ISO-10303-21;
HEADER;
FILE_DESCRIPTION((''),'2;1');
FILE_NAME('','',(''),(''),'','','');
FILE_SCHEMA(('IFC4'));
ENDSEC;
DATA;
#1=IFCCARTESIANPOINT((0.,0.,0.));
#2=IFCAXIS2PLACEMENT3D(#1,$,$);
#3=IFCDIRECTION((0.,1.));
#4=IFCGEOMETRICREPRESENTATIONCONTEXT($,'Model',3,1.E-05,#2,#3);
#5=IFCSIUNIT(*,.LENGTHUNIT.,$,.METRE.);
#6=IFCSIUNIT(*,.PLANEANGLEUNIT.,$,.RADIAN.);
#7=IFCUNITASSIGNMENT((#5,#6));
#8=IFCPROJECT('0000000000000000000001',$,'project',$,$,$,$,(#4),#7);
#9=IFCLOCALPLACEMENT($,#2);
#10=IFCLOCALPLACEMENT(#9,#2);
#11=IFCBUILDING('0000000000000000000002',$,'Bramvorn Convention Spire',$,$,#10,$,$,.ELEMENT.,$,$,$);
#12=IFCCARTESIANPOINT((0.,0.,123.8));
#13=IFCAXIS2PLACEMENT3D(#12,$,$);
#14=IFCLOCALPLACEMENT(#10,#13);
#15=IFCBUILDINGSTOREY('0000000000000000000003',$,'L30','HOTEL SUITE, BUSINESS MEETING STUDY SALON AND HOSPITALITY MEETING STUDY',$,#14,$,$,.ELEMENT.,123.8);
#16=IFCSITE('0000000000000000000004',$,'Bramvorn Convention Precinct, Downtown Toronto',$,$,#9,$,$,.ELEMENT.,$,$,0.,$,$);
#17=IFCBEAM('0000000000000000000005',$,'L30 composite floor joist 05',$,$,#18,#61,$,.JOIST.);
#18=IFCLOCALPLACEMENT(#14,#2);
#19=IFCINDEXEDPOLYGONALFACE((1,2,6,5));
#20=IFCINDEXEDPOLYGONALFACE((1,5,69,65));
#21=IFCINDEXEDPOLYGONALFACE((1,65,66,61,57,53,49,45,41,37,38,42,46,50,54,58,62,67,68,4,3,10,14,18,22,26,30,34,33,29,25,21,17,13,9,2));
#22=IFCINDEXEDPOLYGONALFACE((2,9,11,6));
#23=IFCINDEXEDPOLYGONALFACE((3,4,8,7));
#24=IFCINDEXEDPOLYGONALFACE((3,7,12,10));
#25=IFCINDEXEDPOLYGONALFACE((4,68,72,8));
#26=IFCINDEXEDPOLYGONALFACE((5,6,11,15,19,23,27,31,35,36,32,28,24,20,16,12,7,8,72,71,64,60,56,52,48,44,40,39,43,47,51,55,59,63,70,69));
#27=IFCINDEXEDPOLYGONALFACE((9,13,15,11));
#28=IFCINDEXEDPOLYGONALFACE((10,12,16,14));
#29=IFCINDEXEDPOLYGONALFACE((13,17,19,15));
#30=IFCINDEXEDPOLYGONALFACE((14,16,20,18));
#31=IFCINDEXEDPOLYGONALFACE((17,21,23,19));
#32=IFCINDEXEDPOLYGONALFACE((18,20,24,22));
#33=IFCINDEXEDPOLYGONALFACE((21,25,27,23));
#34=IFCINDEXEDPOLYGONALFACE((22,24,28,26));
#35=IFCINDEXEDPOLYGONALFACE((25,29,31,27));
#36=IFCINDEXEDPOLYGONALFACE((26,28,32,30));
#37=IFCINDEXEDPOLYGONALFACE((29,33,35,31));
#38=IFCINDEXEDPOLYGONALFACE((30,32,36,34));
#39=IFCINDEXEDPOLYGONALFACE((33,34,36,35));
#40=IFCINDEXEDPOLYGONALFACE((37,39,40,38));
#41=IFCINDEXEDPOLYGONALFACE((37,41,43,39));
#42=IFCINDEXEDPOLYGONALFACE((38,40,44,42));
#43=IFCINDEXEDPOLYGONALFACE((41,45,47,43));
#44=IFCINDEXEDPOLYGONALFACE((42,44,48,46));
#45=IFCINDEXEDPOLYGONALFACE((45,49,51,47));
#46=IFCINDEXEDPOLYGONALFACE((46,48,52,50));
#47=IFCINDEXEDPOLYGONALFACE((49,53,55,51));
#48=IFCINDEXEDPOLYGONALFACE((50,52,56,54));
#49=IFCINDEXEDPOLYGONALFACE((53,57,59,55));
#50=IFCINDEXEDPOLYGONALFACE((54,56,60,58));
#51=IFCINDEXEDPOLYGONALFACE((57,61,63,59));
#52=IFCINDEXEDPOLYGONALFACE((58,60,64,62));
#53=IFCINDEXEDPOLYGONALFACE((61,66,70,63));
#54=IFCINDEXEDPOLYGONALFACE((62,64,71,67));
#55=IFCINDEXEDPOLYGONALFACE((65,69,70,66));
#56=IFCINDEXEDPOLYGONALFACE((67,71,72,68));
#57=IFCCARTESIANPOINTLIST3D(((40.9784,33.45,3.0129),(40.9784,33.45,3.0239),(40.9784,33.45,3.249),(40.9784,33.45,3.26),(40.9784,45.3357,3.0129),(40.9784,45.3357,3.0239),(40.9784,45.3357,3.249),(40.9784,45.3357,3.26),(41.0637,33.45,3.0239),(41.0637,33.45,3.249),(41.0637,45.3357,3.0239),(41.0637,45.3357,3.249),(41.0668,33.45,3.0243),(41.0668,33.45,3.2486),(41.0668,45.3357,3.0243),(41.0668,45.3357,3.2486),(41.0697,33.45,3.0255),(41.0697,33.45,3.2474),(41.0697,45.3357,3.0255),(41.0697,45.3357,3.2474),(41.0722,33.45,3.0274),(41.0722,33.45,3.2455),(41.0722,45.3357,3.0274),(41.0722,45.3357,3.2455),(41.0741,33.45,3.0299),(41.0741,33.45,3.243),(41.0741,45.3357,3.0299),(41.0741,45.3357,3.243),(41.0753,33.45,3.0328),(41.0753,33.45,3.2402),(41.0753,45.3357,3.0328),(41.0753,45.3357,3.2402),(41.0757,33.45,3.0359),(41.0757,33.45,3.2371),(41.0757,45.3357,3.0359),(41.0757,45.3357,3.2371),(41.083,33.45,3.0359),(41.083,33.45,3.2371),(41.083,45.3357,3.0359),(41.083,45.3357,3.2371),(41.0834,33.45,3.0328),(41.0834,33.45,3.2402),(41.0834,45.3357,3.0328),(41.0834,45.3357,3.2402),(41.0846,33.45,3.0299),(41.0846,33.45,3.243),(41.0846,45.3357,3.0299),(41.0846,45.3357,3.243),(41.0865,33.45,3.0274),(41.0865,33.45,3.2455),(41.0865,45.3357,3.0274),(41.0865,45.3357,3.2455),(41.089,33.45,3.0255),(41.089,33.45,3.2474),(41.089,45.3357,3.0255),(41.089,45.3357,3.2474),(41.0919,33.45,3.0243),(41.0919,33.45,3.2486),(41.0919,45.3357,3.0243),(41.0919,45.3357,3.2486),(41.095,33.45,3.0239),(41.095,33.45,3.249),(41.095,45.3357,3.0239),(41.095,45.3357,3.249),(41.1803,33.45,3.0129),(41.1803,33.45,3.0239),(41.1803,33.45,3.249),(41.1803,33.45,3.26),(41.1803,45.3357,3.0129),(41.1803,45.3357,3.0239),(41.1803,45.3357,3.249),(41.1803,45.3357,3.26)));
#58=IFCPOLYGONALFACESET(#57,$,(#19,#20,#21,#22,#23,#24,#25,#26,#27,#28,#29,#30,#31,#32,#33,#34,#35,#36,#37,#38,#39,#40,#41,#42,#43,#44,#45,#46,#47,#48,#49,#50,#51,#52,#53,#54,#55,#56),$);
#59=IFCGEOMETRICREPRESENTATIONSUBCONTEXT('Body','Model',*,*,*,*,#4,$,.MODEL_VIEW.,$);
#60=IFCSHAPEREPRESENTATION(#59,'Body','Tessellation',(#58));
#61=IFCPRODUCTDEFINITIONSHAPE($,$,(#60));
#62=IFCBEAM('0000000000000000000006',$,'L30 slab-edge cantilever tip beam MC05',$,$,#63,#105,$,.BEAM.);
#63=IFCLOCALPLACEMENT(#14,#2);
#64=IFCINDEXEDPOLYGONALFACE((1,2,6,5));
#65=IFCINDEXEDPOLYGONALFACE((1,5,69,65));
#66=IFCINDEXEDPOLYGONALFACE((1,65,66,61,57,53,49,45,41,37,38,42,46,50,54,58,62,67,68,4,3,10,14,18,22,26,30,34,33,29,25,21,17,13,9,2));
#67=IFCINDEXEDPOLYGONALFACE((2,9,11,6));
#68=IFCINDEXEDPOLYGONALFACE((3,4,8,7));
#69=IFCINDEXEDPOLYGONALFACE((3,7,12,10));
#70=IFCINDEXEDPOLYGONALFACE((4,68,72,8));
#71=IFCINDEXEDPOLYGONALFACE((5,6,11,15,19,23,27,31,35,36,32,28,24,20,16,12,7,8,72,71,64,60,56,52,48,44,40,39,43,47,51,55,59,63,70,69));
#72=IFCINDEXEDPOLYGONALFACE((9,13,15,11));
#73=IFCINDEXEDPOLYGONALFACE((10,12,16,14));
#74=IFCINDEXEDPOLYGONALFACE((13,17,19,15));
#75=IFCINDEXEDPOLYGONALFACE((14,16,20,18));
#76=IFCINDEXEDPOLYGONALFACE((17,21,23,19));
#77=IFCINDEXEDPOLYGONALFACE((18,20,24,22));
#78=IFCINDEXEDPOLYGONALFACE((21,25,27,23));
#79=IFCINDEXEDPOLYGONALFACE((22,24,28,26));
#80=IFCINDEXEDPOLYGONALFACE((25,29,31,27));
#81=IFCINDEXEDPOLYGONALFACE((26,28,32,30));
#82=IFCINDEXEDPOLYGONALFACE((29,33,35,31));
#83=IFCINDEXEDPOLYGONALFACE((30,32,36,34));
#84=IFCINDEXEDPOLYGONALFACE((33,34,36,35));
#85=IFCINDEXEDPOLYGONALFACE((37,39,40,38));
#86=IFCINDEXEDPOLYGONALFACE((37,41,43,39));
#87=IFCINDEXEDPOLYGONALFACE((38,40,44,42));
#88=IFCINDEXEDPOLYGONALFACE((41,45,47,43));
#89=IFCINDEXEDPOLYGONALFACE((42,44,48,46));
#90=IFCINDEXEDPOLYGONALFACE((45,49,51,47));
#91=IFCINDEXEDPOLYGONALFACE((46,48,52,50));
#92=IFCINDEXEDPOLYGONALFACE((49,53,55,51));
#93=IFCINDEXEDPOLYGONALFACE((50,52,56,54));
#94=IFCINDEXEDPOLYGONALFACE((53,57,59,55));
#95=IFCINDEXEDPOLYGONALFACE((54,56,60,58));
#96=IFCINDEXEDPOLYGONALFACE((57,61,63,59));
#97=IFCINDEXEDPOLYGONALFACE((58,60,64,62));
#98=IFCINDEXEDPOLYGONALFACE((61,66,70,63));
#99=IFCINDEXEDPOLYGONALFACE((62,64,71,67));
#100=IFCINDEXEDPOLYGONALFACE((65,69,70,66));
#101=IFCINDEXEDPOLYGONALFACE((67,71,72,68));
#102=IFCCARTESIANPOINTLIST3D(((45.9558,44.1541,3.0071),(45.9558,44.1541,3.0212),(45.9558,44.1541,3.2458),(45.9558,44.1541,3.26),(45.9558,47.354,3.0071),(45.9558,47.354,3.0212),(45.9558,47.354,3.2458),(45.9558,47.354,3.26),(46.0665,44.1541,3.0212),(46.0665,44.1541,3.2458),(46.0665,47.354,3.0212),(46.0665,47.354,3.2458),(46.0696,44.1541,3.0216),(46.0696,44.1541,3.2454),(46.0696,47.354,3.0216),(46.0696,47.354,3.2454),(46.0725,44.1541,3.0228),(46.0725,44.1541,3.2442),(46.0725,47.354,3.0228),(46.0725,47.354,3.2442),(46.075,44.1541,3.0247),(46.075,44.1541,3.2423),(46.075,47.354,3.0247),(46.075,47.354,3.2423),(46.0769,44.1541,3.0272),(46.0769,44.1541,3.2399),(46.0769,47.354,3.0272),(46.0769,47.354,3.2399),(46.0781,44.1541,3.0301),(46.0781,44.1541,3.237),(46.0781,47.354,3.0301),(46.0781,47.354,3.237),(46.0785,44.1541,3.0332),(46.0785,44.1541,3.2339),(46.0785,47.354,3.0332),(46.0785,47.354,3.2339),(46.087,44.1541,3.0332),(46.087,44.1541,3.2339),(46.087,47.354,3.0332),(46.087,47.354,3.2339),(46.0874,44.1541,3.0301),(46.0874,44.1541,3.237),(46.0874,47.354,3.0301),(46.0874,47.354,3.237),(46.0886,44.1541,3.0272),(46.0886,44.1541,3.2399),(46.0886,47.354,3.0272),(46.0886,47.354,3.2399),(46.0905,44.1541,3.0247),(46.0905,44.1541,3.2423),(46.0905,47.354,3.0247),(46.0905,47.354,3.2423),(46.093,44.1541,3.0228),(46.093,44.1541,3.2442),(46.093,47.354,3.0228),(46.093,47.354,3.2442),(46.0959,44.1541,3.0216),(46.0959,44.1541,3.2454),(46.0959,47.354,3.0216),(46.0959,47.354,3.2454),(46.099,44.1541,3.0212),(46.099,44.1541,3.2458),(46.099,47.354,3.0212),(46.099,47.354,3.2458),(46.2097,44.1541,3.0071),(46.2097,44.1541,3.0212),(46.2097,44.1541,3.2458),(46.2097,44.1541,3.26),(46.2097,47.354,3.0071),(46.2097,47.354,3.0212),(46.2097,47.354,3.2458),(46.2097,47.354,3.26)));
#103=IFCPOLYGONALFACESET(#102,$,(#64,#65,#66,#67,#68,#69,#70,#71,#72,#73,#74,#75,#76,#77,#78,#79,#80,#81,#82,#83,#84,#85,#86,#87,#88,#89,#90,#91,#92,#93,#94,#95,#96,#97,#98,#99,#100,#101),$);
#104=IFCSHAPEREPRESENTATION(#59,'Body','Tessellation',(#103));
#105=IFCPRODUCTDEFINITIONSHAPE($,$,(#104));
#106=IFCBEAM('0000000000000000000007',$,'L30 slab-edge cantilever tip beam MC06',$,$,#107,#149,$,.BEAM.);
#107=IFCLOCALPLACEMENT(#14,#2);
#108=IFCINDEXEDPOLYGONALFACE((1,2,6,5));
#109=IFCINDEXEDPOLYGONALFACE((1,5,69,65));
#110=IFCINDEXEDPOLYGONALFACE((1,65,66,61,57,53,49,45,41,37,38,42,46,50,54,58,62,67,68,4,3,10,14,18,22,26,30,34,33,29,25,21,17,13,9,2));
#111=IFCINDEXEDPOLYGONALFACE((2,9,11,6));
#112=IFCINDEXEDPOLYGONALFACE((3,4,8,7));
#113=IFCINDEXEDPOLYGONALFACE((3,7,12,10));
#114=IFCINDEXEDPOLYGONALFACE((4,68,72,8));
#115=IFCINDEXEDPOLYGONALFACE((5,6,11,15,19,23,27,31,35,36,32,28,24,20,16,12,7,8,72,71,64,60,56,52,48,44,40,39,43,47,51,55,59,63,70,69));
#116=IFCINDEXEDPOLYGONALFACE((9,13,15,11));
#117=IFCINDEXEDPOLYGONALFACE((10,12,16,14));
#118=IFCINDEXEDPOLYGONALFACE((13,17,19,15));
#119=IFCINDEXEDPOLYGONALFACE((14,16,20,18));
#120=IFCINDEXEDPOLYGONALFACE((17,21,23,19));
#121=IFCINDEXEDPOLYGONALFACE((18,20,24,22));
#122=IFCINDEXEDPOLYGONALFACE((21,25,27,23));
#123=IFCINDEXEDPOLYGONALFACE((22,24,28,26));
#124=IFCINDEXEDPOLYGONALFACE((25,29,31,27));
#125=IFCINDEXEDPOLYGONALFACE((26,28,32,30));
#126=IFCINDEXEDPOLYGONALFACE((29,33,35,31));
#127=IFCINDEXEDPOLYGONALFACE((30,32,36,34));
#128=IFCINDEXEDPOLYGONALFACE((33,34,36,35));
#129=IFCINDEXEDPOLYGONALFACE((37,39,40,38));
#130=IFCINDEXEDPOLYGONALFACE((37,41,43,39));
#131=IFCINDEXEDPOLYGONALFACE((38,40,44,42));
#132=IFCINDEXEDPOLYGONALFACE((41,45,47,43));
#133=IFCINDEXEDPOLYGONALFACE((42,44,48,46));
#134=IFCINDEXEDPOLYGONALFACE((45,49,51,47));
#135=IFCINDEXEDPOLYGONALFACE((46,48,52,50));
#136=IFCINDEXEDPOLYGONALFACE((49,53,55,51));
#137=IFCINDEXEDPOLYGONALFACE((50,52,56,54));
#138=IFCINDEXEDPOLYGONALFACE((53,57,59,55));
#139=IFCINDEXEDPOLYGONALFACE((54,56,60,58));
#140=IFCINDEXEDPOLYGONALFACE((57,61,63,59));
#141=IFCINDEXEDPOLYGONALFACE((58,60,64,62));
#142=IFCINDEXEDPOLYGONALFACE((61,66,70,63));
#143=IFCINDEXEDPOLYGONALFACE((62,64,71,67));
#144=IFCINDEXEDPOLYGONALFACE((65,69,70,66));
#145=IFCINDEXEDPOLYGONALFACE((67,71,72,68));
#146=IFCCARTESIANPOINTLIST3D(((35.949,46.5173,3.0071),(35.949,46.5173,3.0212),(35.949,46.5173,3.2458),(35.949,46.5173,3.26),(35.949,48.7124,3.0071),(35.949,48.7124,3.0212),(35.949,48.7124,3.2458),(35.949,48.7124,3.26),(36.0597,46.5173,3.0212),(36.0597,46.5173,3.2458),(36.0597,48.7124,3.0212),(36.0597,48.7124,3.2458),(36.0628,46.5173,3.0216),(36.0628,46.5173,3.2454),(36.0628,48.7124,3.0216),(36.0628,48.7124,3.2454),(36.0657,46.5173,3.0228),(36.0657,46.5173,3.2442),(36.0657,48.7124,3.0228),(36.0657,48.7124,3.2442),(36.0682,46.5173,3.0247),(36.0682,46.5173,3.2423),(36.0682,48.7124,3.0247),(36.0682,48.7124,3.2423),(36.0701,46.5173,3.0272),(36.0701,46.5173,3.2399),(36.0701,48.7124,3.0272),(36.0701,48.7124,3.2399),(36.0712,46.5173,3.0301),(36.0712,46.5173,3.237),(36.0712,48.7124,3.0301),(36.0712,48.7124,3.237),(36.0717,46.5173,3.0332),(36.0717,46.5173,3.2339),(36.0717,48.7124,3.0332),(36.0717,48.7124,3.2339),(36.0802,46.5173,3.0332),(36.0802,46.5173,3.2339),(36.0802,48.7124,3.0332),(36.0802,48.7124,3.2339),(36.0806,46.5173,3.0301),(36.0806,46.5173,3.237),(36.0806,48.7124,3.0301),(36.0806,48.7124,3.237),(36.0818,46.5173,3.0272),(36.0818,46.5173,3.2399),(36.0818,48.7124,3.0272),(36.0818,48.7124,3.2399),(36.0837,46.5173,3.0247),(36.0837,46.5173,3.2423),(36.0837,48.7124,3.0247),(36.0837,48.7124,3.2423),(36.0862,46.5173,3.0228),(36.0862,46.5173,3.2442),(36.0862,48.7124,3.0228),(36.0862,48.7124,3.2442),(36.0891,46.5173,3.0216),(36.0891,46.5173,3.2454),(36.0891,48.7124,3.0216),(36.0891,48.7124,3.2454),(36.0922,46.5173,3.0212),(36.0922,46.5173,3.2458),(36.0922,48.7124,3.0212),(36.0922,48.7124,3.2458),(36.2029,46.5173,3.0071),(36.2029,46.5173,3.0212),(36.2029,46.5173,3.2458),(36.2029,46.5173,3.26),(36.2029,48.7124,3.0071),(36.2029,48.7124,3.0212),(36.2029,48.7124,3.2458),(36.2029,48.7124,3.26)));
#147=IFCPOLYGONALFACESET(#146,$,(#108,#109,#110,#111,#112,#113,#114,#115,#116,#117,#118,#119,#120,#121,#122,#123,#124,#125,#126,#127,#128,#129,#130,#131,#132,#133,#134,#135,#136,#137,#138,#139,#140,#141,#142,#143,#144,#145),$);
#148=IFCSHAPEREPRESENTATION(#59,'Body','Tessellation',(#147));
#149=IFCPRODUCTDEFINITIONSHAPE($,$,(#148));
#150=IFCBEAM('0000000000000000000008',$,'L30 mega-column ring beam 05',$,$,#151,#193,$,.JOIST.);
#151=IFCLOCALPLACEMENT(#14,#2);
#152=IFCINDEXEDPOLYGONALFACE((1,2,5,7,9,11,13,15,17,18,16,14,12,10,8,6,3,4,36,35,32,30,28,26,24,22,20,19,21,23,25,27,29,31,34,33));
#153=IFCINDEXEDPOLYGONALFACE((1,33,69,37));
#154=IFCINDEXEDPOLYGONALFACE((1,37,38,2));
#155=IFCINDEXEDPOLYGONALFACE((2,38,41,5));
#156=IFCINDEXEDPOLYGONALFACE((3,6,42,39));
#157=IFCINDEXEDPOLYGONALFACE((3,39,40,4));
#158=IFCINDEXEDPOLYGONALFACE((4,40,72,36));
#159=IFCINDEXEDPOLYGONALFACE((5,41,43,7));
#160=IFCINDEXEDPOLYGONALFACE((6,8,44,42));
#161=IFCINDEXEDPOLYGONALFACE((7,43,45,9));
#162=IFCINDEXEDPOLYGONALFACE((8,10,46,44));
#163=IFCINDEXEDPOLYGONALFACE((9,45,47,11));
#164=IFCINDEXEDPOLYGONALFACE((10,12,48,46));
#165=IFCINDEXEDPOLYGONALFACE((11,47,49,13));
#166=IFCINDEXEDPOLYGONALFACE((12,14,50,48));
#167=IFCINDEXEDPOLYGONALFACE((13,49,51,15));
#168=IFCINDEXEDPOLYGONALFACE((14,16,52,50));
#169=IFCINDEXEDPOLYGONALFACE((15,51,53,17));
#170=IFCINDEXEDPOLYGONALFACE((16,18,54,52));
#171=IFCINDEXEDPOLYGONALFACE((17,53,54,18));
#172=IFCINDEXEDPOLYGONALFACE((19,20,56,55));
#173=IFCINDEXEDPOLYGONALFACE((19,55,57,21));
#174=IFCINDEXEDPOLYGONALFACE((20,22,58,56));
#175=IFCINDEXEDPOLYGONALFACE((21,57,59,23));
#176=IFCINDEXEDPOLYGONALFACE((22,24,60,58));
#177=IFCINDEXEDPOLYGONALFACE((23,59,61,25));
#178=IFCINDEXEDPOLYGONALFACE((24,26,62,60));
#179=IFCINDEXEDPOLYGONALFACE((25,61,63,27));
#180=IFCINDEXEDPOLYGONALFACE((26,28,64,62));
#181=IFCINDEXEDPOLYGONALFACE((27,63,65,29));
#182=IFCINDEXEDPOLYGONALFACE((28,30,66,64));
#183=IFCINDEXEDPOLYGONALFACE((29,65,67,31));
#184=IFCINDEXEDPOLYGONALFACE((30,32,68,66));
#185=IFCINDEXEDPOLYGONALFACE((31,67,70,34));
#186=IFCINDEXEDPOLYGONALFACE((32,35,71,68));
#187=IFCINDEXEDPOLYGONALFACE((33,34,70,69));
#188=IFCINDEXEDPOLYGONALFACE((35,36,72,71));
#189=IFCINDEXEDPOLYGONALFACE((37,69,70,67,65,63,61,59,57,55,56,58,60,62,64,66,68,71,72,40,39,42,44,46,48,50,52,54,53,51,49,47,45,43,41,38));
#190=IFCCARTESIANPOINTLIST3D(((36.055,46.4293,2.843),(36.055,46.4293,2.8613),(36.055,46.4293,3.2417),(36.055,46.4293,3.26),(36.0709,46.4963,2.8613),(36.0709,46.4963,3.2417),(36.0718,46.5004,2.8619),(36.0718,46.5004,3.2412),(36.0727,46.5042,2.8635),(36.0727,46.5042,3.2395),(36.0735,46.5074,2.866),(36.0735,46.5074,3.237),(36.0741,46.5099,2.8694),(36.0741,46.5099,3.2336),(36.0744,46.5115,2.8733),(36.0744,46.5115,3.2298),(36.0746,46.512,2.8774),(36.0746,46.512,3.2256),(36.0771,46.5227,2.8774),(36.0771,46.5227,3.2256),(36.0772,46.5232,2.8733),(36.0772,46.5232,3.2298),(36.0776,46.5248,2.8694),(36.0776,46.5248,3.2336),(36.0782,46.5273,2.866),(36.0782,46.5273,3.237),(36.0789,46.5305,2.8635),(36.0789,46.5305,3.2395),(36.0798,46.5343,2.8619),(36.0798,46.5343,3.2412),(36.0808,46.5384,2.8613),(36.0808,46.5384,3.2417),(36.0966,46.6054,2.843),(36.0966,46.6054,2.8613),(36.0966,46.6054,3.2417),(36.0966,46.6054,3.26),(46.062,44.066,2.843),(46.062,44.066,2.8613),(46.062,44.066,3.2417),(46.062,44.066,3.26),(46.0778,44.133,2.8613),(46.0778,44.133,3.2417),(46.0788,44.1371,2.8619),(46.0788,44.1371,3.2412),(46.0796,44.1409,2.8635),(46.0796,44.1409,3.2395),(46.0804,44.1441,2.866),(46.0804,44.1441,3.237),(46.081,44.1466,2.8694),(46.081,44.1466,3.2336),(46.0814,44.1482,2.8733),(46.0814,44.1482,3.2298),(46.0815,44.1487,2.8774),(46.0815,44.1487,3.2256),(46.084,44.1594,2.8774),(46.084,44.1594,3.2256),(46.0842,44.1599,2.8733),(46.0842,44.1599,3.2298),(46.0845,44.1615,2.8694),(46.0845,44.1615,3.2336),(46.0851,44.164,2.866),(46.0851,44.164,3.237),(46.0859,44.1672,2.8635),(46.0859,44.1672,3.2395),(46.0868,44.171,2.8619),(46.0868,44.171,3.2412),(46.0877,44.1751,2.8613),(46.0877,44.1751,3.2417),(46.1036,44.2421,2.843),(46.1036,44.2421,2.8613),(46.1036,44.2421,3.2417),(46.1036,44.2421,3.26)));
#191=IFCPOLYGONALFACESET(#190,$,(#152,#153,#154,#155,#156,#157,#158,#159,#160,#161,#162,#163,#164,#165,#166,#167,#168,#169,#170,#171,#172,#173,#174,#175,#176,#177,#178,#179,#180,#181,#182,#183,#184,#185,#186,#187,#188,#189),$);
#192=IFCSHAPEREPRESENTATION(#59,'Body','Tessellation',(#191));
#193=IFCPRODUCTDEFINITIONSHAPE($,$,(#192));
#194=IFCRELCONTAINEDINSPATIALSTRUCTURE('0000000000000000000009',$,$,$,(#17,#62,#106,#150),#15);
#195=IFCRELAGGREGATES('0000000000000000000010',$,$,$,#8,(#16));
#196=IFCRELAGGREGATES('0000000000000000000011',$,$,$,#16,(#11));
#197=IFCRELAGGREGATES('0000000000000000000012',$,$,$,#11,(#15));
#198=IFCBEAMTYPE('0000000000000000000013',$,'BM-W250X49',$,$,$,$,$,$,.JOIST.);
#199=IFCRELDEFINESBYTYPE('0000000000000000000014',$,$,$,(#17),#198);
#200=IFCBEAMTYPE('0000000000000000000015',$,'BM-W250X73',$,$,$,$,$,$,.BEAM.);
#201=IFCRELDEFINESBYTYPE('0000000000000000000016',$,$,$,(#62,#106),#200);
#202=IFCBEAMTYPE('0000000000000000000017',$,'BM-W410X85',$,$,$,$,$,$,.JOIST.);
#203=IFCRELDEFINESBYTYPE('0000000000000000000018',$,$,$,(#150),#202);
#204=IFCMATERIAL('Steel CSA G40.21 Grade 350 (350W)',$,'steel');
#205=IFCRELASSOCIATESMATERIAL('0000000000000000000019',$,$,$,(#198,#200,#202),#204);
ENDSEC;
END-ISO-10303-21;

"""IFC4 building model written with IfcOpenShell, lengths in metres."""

from ifc_helpers import new_model, si_unit, direction, frame, origin, origin_2d, place, context, subcontext, project, spatial, i_section, extrude, material, material_profile, profile_set, type_object, element, save


model = new_model("IFC4")

# Units and contexts
model_context = context("Model", 3, precision=1e-05, world=origin(), true_north=direction((0.0, 1.0)))
body_context = subcontext(model_context, "Body", "Model", "MODEL_VIEW")
ifc_project = project(units=[si_unit("LENGTHUNIT", "METRE"), si_unit("PLANEANGLEUNIT", "RADIAN")], contexts=[model_context])

# Site, building, storey
site_placement = place(None, origin())
site = spatial("IfcSite", under=ifc_project, at=site_placement, Name="Bramvorn Convention Precinct, Downtown Toronto", CompositionType="ELEMENT", RefElevation=0.0)
building_placement = place(site_placement, origin())
building = spatial("IfcBuilding", under=site, at=building_placement, Name="Bramvorn Convention Spire", CompositionType="ELEMENT")
storey_placement = place(building_placement, frame((0.0, 0.0, 123.8)))
storey = spatial("IfcBuildingStorey", under=building, at=storey_placement, Name="L30", Description="HOTEL SUITE, BUSINESS MEETING STUDY SALON AND HOSPITALITY MEETING STUDY", CompositionType="ELEMENT", Elevation=123.8)

# Shared definitions
ifc_material_1 = material(Name="Steel CSA G40.21 Grade 350 (350W)", Category="steel")

# Beams
ifc_material_profile_1 = material_profile(ifc_material_1, i_section(OverallWidth=0.2019, OverallDepth=0.2471, WebThickness=0.0073, FlangeThickness=0.011, FilletRadius=0.012, at=origin_2d()))
ifc_profile_set_1 = profile_set([ifc_material_profile_1], Name="Steel CSA G40.21 Grade 350 (350W) - W250X49")
beam_type_1 = type_object("IfcBeamType", Name="BM-W250X49", PredefinedType="JOIST", material=ifc_profile_set_1)
beam_1_placement = place(storey_placement, frame((41.0793, 33.45, 3.1365), z_axis=(0.0, 1.0, 0.0), x_axis=(-1.0, 0.0, 0.0)))
element("IfcBeam", 1, at=beam_1_placement, inside=storey, type_object=beam_type_1, Name="L30 composite floor joist 05", PredefinedType="JOIST", context=body_context, shape_type="SweptSolid", body=[
    extrude(i_section(OverallWidth=0.2019, OverallDepth=0.2471, WebThickness=0.0073, FlangeThickness=0.011, FilletRadius=0.012, at=origin_2d()), origin(), (0.0, 0.0, 1.0), 11.8857),
])
ifc_material_profile_2 = material_profile(ifc_material_1, i_section(OverallWidth=0.2539, OverallDepth=0.2529, WebThickness=0.0085, FlangeThickness=0.0142, FilletRadius=0.012, at=origin_2d()))
ifc_profile_set_2 = profile_set([ifc_material_profile_2], Name="Steel CSA G40.21 Grade 350 (350W) - W250X73")
beam_type_2 = type_object("IfcBeamType", Name="BM-W250X73", PredefinedType="BEAM", material=ifc_profile_set_2)
beam_2_placement = place(storey_placement, frame((46.0828, 44.1541, 3.1335), z_axis=(0.0, 1.0, 0.0), x_axis=(-1.0, 0.0, 0.0)))
element("IfcBeam", 2, at=beam_2_placement, inside=storey, type_object=beam_type_2, Name="L30 slab-edge cantilever tip beam MC05", PredefinedType="BEAM", context=body_context, shape_type="SweptSolid", body=[
    extrude(i_section(OverallWidth=0.2539, OverallDepth=0.2529, WebThickness=0.0085, FlangeThickness=0.0142, FilletRadius=0.012, at=origin_2d()), origin(), (0.0, 0.0, 1.0), 3.2),
])
beam_3_placement = place(storey_placement, frame((36.0759, 46.5173, 3.1335), z_axis=(0.0, 1.0, 0.0), x_axis=(-1.0, 0.0, 0.0)))
element("IfcBeam", 3, at=beam_3_placement, inside=storey, type_object=beam_type_2, Name="L30 slab-edge cantilever tip beam MC06", PredefinedType="BEAM", context=body_context, shape_type="SweptSolid", body=[
    extrude(i_section(OverallWidth=0.2539, OverallDepth=0.2529, WebThickness=0.0085, FlangeThickness=0.0142, FilletRadius=0.012, at=origin_2d()), origin(), (0.0, 0.0, 1.0), 2.1951),
])
ifc_material_profile_3 = material_profile(ifc_material_1, i_section(OverallWidth=0.1809, OverallDepth=0.417, WebThickness=0.011, FlangeThickness=0.0183, FilletRadius=0.0161, at=origin_2d()))
ifc_profile_set_3 = profile_set([ifc_material_profile_3], Name="Steel CSA G40.21 Grade 350 (350W) - W410X85")
beam_type_3 = type_object("IfcBeamType", Name="BM-W410X85", PredefinedType="JOIST", material=ifc_profile_set_3)
beam_4_placement = place(storey_placement, frame((46.0828, 44.1541, 3.0515), z_axis=(-0.973228, 0.229844, 0.0), x_axis=(-0.229844, -0.973228, 0.0)))
element("IfcBeam", 4, at=beam_4_placement, inside=storey, type_object=beam_type_3, Name="L30 mega-column ring beam 05", PredefinedType="JOIST", context=body_context, shape_type="SweptSolid", body=[
    extrude(i_section(OverallWidth=0.1809, OverallDepth=0.417, WebThickness=0.011, FlangeThickness=0.0183, FilletRadius=0.0161, at=origin_2d()), origin(), (0.0, 0.0, 1.0), 10.2822),
])

save(model, "model.ifc")
